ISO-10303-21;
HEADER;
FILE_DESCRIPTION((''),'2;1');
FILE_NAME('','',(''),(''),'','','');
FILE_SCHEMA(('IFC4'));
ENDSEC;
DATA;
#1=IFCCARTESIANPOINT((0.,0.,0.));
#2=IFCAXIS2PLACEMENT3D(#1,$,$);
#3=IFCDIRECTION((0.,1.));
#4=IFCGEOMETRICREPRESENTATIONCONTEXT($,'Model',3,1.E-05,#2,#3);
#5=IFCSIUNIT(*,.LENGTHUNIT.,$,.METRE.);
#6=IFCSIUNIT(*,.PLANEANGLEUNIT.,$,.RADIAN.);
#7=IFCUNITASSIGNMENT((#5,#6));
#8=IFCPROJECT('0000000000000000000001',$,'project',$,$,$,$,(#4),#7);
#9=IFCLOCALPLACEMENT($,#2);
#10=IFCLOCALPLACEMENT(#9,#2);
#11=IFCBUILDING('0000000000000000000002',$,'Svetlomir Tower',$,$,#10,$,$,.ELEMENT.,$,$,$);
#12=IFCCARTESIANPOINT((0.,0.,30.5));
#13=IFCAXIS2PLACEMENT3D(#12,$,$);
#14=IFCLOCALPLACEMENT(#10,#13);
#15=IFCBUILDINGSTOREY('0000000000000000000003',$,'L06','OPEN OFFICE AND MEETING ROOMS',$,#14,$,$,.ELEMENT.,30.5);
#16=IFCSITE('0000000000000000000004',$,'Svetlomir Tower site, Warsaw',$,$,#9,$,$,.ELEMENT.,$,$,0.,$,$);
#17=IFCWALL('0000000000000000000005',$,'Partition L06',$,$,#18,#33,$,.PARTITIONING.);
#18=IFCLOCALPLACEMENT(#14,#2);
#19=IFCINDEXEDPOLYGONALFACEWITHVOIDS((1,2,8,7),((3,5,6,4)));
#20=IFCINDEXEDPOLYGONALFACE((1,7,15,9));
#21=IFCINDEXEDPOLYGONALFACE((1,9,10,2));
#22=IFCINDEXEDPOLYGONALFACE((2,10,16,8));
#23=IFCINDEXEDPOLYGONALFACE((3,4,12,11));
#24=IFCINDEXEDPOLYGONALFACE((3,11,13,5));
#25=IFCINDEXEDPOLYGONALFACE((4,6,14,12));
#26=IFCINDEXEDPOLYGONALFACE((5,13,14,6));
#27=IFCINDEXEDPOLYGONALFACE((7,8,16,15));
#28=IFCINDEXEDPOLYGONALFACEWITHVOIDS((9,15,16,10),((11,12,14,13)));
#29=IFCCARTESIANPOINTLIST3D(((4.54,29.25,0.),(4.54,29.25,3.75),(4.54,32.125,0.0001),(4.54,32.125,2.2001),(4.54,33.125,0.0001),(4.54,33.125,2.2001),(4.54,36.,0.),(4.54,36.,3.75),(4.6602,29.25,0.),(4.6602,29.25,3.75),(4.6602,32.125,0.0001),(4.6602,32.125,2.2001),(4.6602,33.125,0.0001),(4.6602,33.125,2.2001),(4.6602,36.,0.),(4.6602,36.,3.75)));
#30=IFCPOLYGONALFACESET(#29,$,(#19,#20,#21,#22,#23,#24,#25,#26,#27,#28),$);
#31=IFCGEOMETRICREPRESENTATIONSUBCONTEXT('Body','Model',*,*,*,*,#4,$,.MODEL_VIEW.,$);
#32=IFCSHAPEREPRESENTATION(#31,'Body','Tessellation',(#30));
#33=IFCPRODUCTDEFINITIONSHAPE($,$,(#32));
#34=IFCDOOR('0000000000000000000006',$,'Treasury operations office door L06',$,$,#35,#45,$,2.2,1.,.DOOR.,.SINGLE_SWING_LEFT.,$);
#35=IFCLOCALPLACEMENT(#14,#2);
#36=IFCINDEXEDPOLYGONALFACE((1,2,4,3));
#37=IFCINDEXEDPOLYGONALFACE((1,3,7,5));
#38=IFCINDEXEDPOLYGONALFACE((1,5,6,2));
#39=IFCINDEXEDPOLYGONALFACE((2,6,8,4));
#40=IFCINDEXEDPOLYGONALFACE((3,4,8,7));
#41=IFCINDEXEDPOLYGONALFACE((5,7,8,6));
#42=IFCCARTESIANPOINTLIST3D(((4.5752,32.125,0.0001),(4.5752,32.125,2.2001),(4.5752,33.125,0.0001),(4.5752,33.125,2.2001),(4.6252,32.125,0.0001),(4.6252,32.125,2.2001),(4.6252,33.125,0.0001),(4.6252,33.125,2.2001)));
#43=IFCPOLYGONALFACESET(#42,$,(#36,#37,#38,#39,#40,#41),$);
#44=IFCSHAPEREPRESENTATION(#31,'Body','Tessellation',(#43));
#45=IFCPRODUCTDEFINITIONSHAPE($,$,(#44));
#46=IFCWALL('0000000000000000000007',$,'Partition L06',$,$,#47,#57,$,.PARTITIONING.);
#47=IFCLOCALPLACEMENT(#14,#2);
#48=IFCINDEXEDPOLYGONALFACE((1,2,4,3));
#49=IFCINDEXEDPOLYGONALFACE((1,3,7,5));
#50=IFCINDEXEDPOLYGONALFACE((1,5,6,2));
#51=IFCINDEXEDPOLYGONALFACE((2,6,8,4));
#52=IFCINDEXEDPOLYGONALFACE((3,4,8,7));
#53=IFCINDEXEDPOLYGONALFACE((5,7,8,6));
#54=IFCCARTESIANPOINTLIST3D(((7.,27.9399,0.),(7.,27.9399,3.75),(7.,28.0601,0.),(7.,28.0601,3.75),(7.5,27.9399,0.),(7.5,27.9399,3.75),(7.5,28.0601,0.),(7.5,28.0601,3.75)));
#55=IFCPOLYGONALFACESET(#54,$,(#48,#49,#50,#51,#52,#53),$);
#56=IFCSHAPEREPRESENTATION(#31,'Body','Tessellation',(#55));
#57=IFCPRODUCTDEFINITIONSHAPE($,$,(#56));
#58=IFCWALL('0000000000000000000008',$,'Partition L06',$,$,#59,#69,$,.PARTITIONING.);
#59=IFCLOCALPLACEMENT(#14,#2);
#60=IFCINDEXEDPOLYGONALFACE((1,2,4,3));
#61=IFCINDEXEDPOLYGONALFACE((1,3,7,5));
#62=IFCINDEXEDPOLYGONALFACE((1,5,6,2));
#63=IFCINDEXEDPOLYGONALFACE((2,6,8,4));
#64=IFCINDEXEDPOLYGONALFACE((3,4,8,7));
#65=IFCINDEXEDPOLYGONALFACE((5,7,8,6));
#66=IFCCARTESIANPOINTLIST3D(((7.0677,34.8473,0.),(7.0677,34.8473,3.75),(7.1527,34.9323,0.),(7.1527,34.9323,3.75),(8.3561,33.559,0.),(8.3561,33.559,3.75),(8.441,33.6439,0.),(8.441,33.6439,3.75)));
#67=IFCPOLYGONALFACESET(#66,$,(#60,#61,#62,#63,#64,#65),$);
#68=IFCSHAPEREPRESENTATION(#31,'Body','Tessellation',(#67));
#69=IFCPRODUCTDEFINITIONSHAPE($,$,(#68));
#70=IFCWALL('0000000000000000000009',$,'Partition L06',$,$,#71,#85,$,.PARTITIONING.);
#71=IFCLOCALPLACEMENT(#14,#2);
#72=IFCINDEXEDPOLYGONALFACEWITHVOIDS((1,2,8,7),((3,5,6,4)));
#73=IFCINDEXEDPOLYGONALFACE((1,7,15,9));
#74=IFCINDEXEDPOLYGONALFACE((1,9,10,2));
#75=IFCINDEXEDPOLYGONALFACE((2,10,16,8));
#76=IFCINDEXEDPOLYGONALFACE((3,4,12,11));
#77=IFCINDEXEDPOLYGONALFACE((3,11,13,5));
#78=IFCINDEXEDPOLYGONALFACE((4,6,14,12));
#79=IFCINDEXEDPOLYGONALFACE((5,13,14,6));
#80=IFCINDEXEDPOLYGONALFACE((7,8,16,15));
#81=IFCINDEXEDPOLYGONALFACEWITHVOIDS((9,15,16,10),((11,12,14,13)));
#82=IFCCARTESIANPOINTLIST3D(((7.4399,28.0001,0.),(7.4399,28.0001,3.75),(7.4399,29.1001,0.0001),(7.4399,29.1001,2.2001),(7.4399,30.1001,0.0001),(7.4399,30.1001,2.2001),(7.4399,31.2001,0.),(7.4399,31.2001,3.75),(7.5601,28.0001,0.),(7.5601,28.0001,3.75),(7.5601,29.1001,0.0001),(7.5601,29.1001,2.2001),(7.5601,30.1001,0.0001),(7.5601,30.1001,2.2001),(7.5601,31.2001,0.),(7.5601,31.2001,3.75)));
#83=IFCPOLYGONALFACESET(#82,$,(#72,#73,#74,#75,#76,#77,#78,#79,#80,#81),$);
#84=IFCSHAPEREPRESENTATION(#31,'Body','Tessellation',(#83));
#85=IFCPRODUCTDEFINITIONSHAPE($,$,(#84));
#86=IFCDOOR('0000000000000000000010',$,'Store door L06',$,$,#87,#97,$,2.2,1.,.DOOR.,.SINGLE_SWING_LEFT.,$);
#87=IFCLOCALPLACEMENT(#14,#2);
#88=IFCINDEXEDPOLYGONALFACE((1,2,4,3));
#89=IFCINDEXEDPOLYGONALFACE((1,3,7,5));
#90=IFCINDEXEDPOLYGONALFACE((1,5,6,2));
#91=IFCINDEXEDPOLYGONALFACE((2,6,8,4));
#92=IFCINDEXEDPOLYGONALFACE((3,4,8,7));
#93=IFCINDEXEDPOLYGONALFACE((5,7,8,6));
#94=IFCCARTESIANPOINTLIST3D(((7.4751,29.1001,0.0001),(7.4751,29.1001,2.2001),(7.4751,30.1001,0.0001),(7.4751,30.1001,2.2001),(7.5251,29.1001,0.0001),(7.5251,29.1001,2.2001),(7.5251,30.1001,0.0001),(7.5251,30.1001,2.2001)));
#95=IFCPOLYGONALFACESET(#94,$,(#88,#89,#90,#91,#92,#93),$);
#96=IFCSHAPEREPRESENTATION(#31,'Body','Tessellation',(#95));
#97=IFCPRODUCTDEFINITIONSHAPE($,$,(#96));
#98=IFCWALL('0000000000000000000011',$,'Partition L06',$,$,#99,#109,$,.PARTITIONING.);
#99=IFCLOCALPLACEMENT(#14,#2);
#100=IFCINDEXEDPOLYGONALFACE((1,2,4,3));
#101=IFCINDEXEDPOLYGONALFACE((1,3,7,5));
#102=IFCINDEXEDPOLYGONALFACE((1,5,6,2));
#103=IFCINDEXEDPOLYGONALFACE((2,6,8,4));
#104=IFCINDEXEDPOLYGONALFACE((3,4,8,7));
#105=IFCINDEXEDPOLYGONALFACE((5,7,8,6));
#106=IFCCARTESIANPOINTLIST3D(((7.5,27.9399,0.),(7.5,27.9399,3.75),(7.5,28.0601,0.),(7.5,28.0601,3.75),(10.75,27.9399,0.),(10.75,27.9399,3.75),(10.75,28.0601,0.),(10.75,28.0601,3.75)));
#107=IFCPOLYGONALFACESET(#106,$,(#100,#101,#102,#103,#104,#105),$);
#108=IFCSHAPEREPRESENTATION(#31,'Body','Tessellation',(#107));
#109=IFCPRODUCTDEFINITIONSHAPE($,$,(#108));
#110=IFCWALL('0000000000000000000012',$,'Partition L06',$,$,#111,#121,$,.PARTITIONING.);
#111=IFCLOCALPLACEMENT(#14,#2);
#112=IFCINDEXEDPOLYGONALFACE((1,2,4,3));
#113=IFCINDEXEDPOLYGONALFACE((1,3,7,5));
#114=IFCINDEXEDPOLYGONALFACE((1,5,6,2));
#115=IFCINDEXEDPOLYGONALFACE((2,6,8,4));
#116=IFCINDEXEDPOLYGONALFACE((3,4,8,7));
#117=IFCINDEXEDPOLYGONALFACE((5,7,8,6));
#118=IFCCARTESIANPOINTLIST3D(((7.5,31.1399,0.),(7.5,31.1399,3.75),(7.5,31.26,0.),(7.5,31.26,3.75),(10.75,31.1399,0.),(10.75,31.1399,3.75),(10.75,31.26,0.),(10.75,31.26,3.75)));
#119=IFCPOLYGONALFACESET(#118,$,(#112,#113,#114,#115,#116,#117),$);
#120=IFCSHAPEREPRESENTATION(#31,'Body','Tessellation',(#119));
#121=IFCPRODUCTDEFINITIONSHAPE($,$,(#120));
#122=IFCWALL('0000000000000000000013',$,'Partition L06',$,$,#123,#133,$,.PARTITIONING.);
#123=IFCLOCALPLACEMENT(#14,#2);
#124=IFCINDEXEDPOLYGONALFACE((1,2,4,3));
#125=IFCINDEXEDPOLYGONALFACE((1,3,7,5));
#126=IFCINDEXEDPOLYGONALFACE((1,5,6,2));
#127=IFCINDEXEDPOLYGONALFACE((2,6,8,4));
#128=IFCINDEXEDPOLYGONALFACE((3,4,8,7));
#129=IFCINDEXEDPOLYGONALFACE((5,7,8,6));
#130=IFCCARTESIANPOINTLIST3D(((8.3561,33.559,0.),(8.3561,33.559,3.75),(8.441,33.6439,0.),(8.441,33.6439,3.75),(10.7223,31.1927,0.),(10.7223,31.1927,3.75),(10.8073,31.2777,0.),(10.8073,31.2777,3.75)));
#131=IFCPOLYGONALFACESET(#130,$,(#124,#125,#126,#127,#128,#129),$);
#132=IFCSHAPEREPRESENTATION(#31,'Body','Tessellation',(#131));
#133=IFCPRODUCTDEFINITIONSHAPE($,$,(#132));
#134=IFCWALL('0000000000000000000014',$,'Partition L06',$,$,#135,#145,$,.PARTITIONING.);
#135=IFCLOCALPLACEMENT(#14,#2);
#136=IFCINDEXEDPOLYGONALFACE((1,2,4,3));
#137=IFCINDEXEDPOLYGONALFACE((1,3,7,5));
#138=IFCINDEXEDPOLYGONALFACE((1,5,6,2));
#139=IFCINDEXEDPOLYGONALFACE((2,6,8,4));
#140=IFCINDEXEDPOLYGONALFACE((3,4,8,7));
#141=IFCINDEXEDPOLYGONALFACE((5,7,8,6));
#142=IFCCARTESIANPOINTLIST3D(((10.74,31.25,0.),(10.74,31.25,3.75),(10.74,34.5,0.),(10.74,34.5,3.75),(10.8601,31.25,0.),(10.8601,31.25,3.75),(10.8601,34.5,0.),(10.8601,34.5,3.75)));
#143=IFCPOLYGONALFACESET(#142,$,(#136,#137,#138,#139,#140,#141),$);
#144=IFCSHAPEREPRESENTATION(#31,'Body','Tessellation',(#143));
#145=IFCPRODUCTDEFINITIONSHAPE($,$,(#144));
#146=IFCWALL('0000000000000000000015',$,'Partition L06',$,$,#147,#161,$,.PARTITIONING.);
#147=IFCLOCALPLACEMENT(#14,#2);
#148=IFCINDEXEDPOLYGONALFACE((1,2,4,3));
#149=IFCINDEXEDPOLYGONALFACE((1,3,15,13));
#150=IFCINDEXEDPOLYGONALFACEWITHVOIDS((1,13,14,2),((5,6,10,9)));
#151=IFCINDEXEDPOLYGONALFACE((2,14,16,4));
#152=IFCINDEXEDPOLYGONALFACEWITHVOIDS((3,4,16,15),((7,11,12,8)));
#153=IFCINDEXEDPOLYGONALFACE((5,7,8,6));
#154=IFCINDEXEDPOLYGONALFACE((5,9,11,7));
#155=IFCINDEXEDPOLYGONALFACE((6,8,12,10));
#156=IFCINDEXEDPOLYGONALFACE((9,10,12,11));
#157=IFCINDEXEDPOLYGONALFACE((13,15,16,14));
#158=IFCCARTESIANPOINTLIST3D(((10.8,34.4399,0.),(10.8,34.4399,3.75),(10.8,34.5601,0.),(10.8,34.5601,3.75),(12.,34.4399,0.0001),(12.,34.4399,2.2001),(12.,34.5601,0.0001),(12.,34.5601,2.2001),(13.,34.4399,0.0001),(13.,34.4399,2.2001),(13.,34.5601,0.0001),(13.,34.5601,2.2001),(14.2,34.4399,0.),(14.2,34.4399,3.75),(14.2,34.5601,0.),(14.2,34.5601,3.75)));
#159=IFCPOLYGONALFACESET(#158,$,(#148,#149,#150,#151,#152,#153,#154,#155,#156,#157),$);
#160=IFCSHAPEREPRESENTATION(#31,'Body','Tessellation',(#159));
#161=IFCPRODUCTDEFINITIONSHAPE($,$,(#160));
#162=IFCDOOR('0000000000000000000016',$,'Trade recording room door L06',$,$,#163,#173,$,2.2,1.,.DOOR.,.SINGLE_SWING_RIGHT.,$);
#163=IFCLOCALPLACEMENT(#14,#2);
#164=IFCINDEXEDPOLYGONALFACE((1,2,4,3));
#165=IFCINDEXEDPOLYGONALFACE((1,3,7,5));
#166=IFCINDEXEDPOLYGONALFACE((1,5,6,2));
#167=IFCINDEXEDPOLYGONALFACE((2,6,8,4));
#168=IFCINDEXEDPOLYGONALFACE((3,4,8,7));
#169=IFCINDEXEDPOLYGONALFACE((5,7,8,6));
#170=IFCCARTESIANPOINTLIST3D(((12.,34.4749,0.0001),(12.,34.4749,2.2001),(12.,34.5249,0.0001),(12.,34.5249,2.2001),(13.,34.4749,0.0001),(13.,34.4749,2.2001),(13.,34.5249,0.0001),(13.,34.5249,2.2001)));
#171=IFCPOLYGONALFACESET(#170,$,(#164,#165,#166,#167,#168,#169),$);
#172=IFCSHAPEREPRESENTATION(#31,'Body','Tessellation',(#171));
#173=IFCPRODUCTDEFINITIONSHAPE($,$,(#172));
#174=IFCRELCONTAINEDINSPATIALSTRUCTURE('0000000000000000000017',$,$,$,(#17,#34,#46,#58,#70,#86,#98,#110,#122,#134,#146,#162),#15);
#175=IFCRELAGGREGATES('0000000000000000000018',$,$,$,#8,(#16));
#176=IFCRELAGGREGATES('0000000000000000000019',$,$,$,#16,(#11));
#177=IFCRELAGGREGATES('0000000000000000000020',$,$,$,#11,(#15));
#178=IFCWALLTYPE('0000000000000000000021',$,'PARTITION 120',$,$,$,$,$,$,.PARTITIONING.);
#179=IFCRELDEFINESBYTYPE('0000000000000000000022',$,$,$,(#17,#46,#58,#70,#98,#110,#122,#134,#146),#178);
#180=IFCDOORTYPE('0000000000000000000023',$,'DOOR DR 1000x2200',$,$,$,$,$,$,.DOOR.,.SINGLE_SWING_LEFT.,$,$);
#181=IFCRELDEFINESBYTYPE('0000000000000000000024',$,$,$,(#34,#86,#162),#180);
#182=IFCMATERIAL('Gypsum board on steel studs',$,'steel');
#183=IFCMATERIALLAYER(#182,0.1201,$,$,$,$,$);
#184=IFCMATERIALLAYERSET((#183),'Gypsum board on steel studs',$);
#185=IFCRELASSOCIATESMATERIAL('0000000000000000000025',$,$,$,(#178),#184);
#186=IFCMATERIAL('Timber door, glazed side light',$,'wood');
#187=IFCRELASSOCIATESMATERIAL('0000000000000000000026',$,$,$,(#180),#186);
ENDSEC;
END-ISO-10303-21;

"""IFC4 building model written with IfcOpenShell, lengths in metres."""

from ifc_helpers import new_model, si_unit, direction, frame, frame_2d, origin, place, context, subcontext, project, spatial, rectangle, extrude, material, layer, layer_set, type_object, element, fill, save


model = new_model("IFC4")

# Units and contexts
model_context = context("Model", 3, precision=1e-05, world=origin(), true_north=direction((0.0, 1.0)))
body_context = subcontext(model_context, "Body", "Model", "MODEL_VIEW")
ifc_project = project(units=[si_unit("LENGTHUNIT", "METRE"), si_unit("PLANEANGLEUNIT", "RADIAN")], contexts=[model_context])

# Site, building, storey
site_placement = place(None, origin())
site = spatial("IfcSite", under=ifc_project, at=site_placement, Name="Svetlomir Tower site, Warsaw", CompositionType="ELEMENT", RefElevation=0.0)
building_placement = place(site_placement, origin())
building = spatial("IfcBuilding", under=site, at=building_placement, Name="Svetlomir Tower", CompositionType="ELEMENT")
storey_placement = place(building_placement, frame((0.0, 0.0, 30.5)))
storey = spatial("IfcBuildingStorey", under=building, at=storey_placement, Name="L06", Description="OPEN OFFICE AND MEETING ROOMS", CompositionType="ELEMENT", Elevation=30.5)

# Shared definitions
ifc_material_1 = material(Name="Gypsum board on steel studs", Category="steel")
ifc_layer_1 = layer(ifc_material_1, 0.1201)
ifc_layer_set_1 = layer_set([ifc_layer_1], Name="Gypsum board on steel studs")
wall_type_1 = type_object("IfcWallType", Name="PARTITION 120", PredefinedType="PARTITIONING", material=ifc_layer_set_1)

# Wall, opening, door
wall_1_placement = place(storey_placement, frame((4.6001, 29.25, 0.0), z_axis=(0.0, 0.0, 1.0), x_axis=(0.0, 1.0, 0.0)))
wall_1 = element("IfcWall", 1, at=wall_1_placement, inside=storey, type_object=wall_type_1, Name="Partition L06", PredefinedType="PARTITIONING", context=body_context, shape_type="SweptSolid", body=[
    extrude(rectangle(XDim=6.75, YDim=0.1201, at=frame_2d((3.375, 0.0))), origin(), (0.0, 0.0, 1.0), 3.75),
])
opening_1_placement = place(wall_1_placement, frame((2.875, 0.0, 0.0)))
opening_1 = element("IfcOpeningElement", 2, at=opening_1_placement, cuts=wall_1, PredefinedType="OPENING", context=body_context, shape_type="SweptSolid", body=[
    extrude(rectangle(XDim=1.0, YDim=2.2, at=frame_2d((0.5, 1.1001))), frame((0.0, 0.0701, 0.0), z_axis=(0.0, -1.0, 0.0), x_axis=(1.0, 0.0, 0.0)), (0.0, 0.0, 1.0), 0.1401),
])
ifc_material_2 = material(Name="Timber door, glazed side light", Category="wood")
door_type_1 = type_object("IfcDoorType", Name="DOOR DR 1000x2200", OperationType="SINGLE_SWING_LEFT", PredefinedType="DOOR", material=ifc_material_2)
door_1_placement = place(opening_1_placement, origin())
door_1 = element("IfcDoor", 3, at=door_1_placement, inside=storey, type_object=door_type_1, Name="Treasury operations office door L06", OperationType="SINGLE_SWING_LEFT", OverallHeight=2.2, OverallWidth=1.0, PredefinedType="DOOR", context=body_context, shape_type="SweptSolid", body=[
    extrude(rectangle(XDim=1.0, YDim=2.2, at=frame_2d((0.5, 1.1001))), frame((0.0, 0.0249, 0.0), z_axis=(0.0, -1.0, 0.0), x_axis=(1.0, 0.0, 0.0)), (0.0, 0.0, 1.0), 0.05),
])
fill(opening_1, door_1)

# Walls
wall_2_placement = place(storey_placement, frame((7.0, 28.0, 0.0), z_axis=(0.0, 0.0, 1.0), x_axis=(1.0, 0.0, 0.0)))
element("IfcWall", 4, at=wall_2_placement, inside=storey, type_object=wall_type_1, Name="Partition L06", PredefinedType="PARTITIONING", context=body_context, shape_type="SweptSolid", body=[
    extrude(rectangle(XDim=0.5, YDim=0.1201, at=frame_2d((0.25, 0.0))), origin(), (0.0, 0.0, 1.0), 3.75),
])
wall_3_placement = place(storey_placement, frame((7.1101, 34.8899, 0.0), z_axis=(0.0, 0.0, 1.0), x_axis=(0.707107, -0.707107, 0.0)))
element("IfcWall", 5, at=wall_3_placement, inside=storey, type_object=wall_type_1, Name="Partition L06", PredefinedType="PARTITIONING", context=body_context, shape_type="SweptSolid", body=[
    extrude(rectangle(XDim=1.822, YDim=0.1201, at=frame_2d((0.9111, 0.0))), origin(), (0.0, 0.0, 1.0), 3.75),
])

# Wall, opening, door
wall_4_placement = place(storey_placement, frame((7.5, 28.0, 0.0), z_axis=(0.0, 0.0, 1.0), x_axis=(0.0, 1.0, 0.0)))
wall_4 = element("IfcWall", 6, at=wall_4_placement, inside=storey, type_object=wall_type_1, Name="Partition L06", PredefinedType="PARTITIONING", context=body_context, shape_type="SweptSolid", body=[
    extrude(rectangle(XDim=3.2, YDim=0.1201, at=frame_2d((1.6001, 0.0))), origin(), (0.0, 0.0, 1.0), 3.75),
])
opening_2_placement = place(wall_4_placement, frame((1.1001, 0.0, 0.0)))
opening_2 = element("IfcOpeningElement", 7, at=opening_2_placement, cuts=wall_4, PredefinedType="OPENING", context=body_context, shape_type="SweptSolid", body=[
    extrude(rectangle(XDim=1.0, YDim=2.2, at=frame_2d((0.5, 1.1001))), frame((0.0, 0.0701, 0.0), z_axis=(0.0, -1.0, 0.0), x_axis=(1.0, 0.0, 0.0)), (0.0, 0.0, 1.0), 0.1401),
])
door_2_placement = place(opening_2_placement, origin())
door_2 = element("IfcDoor", 8, at=door_2_placement, inside=storey, type_object=door_type_1, Name="Store door L06", OperationType="SINGLE_SWING_LEFT", OverallHeight=2.2, OverallWidth=1.0, PredefinedType="DOOR", context=body_context, shape_type="SweptSolid", body=[
    extrude(rectangle(XDim=1.0, YDim=2.2, at=frame_2d((0.5, 1.1001))), frame((0.0, 0.0249, 0.0), z_axis=(0.0, -1.0, 0.0), x_axis=(1.0, 0.0, 0.0)), (0.0, 0.0, 1.0), 0.05),
])
fill(opening_2, door_2)

# Walls
for number, where, z_axis, x_axis, name in (
    (9, (7.5, 28.0, 0.0), (0.0, 0.0, 1.0), (1.0, 0.0, 0.0), "Partition L06"),
    (10, (7.5, 31.2, 0.0), (0.0, 0.0, 1.0), (1.0, 0.0, 0.0), "Partition L06"),
):
    element("IfcWall", number, at=place(storey_placement, frame(where, z_axis=z_axis, x_axis=x_axis)), inside=storey, type_object=wall_type_1, Name=name, PredefinedType="PARTITIONING", context=body_context, shape_type="SweptSolid", body=[
        extrude(rectangle(XDim=3.25, YDim=0.1201, at=frame_2d((1.625, 0.0))), origin(), (0.0, 0.0, 1.0), 3.75),
    ])
wall_5_placement = place(storey_placement, frame((8.3984, 33.6016, 0.0), z_axis=(0.0, 0.0, 1.0), x_axis=(0.707107, -0.707107, 0.0)))
element("IfcWall", 11, at=wall_5_placement, inside=storey, type_object=wall_type_1, Name="Partition L06", PredefinedType="PARTITIONING", context=body_context, shape_type="SweptSolid", body=[
    extrude(rectangle(XDim=3.3464, YDim=0.1201, at=frame_2d((1.6733, 0.0))), origin(), (0.0, 0.0, 1.0), 3.75),
])
wall_6_placement = place(storey_placement, frame((10.8, 31.25, 0.0), z_axis=(0.0, 0.0, 1.0), x_axis=(0.0, 1.0, 0.0)))
element("IfcWall", 12, at=wall_6_placement, inside=storey, type_object=wall_type_1, Name="Partition L06", PredefinedType="PARTITIONING", context=body_context, shape_type="SweptSolid", body=[
    extrude(rectangle(XDim=3.25, YDim=0.1201, at=frame_2d((1.625, 0.0))), origin(), (0.0, 0.0, 1.0), 3.75),
])

# Wall, opening, door
wall_7_placement = place(storey_placement, frame((10.8, 34.5, 0.0), z_axis=(0.0, 0.0, 1.0), x_axis=(1.0, 0.0, 0.0)))
wall_7 = element("IfcWall", 13, at=wall_7_placement, inside=storey, type_object=wall_type_1, Name="Partition L06", PredefinedType="PARTITIONING", context=body_context, shape_type="SweptSolid", body=[
    extrude(rectangle(XDim=3.3999, YDim=0.1201, at=frame_2d((1.7, 0.0))), origin(), (0.0, 0.0, 1.0), 3.75),
])
opening_3_placement = place(wall_7_placement, frame((1.2, 0.0, 0.0)))
opening_3 = element("IfcOpeningElement", 14, at=opening_3_placement, cuts=wall_7, PredefinedType="OPENING", context=body_context, shape_type="SweptSolid", body=[
    extrude(rectangle(XDim=1.0, YDim=2.2, at=frame_2d((0.5, 1.1001))), frame((0.0, 0.0701, 0.0), z_axis=(0.0, -1.0, 0.0), x_axis=(1.0, 0.0, 0.0)), (0.0, 0.0, 1.0), 0.1401),
])
door_3_placement = place(opening_3_placement, origin())
door_3 = element("IfcDoor", 15, at=door_3_placement, inside=storey, type_object=door_type_1, Name="Trade recording room door L06", OperationType="SINGLE_SWING_RIGHT", OverallHeight=2.2, OverallWidth=1.0, PredefinedType="DOOR", context=body_context, shape_type="SweptSolid", body=[
    extrude(rectangle(XDim=1.0, YDim=2.2, at=frame_2d((0.5, 1.1001))), frame((0.0, 0.0249, 0.0), z_axis=(0.0, -1.0, 0.0), x_axis=(1.0, 0.0, 0.0)), (0.0, 0.0, 1.0), 0.05),
])
fill(opening_3, door_3)

save(model, "model.ifc")
